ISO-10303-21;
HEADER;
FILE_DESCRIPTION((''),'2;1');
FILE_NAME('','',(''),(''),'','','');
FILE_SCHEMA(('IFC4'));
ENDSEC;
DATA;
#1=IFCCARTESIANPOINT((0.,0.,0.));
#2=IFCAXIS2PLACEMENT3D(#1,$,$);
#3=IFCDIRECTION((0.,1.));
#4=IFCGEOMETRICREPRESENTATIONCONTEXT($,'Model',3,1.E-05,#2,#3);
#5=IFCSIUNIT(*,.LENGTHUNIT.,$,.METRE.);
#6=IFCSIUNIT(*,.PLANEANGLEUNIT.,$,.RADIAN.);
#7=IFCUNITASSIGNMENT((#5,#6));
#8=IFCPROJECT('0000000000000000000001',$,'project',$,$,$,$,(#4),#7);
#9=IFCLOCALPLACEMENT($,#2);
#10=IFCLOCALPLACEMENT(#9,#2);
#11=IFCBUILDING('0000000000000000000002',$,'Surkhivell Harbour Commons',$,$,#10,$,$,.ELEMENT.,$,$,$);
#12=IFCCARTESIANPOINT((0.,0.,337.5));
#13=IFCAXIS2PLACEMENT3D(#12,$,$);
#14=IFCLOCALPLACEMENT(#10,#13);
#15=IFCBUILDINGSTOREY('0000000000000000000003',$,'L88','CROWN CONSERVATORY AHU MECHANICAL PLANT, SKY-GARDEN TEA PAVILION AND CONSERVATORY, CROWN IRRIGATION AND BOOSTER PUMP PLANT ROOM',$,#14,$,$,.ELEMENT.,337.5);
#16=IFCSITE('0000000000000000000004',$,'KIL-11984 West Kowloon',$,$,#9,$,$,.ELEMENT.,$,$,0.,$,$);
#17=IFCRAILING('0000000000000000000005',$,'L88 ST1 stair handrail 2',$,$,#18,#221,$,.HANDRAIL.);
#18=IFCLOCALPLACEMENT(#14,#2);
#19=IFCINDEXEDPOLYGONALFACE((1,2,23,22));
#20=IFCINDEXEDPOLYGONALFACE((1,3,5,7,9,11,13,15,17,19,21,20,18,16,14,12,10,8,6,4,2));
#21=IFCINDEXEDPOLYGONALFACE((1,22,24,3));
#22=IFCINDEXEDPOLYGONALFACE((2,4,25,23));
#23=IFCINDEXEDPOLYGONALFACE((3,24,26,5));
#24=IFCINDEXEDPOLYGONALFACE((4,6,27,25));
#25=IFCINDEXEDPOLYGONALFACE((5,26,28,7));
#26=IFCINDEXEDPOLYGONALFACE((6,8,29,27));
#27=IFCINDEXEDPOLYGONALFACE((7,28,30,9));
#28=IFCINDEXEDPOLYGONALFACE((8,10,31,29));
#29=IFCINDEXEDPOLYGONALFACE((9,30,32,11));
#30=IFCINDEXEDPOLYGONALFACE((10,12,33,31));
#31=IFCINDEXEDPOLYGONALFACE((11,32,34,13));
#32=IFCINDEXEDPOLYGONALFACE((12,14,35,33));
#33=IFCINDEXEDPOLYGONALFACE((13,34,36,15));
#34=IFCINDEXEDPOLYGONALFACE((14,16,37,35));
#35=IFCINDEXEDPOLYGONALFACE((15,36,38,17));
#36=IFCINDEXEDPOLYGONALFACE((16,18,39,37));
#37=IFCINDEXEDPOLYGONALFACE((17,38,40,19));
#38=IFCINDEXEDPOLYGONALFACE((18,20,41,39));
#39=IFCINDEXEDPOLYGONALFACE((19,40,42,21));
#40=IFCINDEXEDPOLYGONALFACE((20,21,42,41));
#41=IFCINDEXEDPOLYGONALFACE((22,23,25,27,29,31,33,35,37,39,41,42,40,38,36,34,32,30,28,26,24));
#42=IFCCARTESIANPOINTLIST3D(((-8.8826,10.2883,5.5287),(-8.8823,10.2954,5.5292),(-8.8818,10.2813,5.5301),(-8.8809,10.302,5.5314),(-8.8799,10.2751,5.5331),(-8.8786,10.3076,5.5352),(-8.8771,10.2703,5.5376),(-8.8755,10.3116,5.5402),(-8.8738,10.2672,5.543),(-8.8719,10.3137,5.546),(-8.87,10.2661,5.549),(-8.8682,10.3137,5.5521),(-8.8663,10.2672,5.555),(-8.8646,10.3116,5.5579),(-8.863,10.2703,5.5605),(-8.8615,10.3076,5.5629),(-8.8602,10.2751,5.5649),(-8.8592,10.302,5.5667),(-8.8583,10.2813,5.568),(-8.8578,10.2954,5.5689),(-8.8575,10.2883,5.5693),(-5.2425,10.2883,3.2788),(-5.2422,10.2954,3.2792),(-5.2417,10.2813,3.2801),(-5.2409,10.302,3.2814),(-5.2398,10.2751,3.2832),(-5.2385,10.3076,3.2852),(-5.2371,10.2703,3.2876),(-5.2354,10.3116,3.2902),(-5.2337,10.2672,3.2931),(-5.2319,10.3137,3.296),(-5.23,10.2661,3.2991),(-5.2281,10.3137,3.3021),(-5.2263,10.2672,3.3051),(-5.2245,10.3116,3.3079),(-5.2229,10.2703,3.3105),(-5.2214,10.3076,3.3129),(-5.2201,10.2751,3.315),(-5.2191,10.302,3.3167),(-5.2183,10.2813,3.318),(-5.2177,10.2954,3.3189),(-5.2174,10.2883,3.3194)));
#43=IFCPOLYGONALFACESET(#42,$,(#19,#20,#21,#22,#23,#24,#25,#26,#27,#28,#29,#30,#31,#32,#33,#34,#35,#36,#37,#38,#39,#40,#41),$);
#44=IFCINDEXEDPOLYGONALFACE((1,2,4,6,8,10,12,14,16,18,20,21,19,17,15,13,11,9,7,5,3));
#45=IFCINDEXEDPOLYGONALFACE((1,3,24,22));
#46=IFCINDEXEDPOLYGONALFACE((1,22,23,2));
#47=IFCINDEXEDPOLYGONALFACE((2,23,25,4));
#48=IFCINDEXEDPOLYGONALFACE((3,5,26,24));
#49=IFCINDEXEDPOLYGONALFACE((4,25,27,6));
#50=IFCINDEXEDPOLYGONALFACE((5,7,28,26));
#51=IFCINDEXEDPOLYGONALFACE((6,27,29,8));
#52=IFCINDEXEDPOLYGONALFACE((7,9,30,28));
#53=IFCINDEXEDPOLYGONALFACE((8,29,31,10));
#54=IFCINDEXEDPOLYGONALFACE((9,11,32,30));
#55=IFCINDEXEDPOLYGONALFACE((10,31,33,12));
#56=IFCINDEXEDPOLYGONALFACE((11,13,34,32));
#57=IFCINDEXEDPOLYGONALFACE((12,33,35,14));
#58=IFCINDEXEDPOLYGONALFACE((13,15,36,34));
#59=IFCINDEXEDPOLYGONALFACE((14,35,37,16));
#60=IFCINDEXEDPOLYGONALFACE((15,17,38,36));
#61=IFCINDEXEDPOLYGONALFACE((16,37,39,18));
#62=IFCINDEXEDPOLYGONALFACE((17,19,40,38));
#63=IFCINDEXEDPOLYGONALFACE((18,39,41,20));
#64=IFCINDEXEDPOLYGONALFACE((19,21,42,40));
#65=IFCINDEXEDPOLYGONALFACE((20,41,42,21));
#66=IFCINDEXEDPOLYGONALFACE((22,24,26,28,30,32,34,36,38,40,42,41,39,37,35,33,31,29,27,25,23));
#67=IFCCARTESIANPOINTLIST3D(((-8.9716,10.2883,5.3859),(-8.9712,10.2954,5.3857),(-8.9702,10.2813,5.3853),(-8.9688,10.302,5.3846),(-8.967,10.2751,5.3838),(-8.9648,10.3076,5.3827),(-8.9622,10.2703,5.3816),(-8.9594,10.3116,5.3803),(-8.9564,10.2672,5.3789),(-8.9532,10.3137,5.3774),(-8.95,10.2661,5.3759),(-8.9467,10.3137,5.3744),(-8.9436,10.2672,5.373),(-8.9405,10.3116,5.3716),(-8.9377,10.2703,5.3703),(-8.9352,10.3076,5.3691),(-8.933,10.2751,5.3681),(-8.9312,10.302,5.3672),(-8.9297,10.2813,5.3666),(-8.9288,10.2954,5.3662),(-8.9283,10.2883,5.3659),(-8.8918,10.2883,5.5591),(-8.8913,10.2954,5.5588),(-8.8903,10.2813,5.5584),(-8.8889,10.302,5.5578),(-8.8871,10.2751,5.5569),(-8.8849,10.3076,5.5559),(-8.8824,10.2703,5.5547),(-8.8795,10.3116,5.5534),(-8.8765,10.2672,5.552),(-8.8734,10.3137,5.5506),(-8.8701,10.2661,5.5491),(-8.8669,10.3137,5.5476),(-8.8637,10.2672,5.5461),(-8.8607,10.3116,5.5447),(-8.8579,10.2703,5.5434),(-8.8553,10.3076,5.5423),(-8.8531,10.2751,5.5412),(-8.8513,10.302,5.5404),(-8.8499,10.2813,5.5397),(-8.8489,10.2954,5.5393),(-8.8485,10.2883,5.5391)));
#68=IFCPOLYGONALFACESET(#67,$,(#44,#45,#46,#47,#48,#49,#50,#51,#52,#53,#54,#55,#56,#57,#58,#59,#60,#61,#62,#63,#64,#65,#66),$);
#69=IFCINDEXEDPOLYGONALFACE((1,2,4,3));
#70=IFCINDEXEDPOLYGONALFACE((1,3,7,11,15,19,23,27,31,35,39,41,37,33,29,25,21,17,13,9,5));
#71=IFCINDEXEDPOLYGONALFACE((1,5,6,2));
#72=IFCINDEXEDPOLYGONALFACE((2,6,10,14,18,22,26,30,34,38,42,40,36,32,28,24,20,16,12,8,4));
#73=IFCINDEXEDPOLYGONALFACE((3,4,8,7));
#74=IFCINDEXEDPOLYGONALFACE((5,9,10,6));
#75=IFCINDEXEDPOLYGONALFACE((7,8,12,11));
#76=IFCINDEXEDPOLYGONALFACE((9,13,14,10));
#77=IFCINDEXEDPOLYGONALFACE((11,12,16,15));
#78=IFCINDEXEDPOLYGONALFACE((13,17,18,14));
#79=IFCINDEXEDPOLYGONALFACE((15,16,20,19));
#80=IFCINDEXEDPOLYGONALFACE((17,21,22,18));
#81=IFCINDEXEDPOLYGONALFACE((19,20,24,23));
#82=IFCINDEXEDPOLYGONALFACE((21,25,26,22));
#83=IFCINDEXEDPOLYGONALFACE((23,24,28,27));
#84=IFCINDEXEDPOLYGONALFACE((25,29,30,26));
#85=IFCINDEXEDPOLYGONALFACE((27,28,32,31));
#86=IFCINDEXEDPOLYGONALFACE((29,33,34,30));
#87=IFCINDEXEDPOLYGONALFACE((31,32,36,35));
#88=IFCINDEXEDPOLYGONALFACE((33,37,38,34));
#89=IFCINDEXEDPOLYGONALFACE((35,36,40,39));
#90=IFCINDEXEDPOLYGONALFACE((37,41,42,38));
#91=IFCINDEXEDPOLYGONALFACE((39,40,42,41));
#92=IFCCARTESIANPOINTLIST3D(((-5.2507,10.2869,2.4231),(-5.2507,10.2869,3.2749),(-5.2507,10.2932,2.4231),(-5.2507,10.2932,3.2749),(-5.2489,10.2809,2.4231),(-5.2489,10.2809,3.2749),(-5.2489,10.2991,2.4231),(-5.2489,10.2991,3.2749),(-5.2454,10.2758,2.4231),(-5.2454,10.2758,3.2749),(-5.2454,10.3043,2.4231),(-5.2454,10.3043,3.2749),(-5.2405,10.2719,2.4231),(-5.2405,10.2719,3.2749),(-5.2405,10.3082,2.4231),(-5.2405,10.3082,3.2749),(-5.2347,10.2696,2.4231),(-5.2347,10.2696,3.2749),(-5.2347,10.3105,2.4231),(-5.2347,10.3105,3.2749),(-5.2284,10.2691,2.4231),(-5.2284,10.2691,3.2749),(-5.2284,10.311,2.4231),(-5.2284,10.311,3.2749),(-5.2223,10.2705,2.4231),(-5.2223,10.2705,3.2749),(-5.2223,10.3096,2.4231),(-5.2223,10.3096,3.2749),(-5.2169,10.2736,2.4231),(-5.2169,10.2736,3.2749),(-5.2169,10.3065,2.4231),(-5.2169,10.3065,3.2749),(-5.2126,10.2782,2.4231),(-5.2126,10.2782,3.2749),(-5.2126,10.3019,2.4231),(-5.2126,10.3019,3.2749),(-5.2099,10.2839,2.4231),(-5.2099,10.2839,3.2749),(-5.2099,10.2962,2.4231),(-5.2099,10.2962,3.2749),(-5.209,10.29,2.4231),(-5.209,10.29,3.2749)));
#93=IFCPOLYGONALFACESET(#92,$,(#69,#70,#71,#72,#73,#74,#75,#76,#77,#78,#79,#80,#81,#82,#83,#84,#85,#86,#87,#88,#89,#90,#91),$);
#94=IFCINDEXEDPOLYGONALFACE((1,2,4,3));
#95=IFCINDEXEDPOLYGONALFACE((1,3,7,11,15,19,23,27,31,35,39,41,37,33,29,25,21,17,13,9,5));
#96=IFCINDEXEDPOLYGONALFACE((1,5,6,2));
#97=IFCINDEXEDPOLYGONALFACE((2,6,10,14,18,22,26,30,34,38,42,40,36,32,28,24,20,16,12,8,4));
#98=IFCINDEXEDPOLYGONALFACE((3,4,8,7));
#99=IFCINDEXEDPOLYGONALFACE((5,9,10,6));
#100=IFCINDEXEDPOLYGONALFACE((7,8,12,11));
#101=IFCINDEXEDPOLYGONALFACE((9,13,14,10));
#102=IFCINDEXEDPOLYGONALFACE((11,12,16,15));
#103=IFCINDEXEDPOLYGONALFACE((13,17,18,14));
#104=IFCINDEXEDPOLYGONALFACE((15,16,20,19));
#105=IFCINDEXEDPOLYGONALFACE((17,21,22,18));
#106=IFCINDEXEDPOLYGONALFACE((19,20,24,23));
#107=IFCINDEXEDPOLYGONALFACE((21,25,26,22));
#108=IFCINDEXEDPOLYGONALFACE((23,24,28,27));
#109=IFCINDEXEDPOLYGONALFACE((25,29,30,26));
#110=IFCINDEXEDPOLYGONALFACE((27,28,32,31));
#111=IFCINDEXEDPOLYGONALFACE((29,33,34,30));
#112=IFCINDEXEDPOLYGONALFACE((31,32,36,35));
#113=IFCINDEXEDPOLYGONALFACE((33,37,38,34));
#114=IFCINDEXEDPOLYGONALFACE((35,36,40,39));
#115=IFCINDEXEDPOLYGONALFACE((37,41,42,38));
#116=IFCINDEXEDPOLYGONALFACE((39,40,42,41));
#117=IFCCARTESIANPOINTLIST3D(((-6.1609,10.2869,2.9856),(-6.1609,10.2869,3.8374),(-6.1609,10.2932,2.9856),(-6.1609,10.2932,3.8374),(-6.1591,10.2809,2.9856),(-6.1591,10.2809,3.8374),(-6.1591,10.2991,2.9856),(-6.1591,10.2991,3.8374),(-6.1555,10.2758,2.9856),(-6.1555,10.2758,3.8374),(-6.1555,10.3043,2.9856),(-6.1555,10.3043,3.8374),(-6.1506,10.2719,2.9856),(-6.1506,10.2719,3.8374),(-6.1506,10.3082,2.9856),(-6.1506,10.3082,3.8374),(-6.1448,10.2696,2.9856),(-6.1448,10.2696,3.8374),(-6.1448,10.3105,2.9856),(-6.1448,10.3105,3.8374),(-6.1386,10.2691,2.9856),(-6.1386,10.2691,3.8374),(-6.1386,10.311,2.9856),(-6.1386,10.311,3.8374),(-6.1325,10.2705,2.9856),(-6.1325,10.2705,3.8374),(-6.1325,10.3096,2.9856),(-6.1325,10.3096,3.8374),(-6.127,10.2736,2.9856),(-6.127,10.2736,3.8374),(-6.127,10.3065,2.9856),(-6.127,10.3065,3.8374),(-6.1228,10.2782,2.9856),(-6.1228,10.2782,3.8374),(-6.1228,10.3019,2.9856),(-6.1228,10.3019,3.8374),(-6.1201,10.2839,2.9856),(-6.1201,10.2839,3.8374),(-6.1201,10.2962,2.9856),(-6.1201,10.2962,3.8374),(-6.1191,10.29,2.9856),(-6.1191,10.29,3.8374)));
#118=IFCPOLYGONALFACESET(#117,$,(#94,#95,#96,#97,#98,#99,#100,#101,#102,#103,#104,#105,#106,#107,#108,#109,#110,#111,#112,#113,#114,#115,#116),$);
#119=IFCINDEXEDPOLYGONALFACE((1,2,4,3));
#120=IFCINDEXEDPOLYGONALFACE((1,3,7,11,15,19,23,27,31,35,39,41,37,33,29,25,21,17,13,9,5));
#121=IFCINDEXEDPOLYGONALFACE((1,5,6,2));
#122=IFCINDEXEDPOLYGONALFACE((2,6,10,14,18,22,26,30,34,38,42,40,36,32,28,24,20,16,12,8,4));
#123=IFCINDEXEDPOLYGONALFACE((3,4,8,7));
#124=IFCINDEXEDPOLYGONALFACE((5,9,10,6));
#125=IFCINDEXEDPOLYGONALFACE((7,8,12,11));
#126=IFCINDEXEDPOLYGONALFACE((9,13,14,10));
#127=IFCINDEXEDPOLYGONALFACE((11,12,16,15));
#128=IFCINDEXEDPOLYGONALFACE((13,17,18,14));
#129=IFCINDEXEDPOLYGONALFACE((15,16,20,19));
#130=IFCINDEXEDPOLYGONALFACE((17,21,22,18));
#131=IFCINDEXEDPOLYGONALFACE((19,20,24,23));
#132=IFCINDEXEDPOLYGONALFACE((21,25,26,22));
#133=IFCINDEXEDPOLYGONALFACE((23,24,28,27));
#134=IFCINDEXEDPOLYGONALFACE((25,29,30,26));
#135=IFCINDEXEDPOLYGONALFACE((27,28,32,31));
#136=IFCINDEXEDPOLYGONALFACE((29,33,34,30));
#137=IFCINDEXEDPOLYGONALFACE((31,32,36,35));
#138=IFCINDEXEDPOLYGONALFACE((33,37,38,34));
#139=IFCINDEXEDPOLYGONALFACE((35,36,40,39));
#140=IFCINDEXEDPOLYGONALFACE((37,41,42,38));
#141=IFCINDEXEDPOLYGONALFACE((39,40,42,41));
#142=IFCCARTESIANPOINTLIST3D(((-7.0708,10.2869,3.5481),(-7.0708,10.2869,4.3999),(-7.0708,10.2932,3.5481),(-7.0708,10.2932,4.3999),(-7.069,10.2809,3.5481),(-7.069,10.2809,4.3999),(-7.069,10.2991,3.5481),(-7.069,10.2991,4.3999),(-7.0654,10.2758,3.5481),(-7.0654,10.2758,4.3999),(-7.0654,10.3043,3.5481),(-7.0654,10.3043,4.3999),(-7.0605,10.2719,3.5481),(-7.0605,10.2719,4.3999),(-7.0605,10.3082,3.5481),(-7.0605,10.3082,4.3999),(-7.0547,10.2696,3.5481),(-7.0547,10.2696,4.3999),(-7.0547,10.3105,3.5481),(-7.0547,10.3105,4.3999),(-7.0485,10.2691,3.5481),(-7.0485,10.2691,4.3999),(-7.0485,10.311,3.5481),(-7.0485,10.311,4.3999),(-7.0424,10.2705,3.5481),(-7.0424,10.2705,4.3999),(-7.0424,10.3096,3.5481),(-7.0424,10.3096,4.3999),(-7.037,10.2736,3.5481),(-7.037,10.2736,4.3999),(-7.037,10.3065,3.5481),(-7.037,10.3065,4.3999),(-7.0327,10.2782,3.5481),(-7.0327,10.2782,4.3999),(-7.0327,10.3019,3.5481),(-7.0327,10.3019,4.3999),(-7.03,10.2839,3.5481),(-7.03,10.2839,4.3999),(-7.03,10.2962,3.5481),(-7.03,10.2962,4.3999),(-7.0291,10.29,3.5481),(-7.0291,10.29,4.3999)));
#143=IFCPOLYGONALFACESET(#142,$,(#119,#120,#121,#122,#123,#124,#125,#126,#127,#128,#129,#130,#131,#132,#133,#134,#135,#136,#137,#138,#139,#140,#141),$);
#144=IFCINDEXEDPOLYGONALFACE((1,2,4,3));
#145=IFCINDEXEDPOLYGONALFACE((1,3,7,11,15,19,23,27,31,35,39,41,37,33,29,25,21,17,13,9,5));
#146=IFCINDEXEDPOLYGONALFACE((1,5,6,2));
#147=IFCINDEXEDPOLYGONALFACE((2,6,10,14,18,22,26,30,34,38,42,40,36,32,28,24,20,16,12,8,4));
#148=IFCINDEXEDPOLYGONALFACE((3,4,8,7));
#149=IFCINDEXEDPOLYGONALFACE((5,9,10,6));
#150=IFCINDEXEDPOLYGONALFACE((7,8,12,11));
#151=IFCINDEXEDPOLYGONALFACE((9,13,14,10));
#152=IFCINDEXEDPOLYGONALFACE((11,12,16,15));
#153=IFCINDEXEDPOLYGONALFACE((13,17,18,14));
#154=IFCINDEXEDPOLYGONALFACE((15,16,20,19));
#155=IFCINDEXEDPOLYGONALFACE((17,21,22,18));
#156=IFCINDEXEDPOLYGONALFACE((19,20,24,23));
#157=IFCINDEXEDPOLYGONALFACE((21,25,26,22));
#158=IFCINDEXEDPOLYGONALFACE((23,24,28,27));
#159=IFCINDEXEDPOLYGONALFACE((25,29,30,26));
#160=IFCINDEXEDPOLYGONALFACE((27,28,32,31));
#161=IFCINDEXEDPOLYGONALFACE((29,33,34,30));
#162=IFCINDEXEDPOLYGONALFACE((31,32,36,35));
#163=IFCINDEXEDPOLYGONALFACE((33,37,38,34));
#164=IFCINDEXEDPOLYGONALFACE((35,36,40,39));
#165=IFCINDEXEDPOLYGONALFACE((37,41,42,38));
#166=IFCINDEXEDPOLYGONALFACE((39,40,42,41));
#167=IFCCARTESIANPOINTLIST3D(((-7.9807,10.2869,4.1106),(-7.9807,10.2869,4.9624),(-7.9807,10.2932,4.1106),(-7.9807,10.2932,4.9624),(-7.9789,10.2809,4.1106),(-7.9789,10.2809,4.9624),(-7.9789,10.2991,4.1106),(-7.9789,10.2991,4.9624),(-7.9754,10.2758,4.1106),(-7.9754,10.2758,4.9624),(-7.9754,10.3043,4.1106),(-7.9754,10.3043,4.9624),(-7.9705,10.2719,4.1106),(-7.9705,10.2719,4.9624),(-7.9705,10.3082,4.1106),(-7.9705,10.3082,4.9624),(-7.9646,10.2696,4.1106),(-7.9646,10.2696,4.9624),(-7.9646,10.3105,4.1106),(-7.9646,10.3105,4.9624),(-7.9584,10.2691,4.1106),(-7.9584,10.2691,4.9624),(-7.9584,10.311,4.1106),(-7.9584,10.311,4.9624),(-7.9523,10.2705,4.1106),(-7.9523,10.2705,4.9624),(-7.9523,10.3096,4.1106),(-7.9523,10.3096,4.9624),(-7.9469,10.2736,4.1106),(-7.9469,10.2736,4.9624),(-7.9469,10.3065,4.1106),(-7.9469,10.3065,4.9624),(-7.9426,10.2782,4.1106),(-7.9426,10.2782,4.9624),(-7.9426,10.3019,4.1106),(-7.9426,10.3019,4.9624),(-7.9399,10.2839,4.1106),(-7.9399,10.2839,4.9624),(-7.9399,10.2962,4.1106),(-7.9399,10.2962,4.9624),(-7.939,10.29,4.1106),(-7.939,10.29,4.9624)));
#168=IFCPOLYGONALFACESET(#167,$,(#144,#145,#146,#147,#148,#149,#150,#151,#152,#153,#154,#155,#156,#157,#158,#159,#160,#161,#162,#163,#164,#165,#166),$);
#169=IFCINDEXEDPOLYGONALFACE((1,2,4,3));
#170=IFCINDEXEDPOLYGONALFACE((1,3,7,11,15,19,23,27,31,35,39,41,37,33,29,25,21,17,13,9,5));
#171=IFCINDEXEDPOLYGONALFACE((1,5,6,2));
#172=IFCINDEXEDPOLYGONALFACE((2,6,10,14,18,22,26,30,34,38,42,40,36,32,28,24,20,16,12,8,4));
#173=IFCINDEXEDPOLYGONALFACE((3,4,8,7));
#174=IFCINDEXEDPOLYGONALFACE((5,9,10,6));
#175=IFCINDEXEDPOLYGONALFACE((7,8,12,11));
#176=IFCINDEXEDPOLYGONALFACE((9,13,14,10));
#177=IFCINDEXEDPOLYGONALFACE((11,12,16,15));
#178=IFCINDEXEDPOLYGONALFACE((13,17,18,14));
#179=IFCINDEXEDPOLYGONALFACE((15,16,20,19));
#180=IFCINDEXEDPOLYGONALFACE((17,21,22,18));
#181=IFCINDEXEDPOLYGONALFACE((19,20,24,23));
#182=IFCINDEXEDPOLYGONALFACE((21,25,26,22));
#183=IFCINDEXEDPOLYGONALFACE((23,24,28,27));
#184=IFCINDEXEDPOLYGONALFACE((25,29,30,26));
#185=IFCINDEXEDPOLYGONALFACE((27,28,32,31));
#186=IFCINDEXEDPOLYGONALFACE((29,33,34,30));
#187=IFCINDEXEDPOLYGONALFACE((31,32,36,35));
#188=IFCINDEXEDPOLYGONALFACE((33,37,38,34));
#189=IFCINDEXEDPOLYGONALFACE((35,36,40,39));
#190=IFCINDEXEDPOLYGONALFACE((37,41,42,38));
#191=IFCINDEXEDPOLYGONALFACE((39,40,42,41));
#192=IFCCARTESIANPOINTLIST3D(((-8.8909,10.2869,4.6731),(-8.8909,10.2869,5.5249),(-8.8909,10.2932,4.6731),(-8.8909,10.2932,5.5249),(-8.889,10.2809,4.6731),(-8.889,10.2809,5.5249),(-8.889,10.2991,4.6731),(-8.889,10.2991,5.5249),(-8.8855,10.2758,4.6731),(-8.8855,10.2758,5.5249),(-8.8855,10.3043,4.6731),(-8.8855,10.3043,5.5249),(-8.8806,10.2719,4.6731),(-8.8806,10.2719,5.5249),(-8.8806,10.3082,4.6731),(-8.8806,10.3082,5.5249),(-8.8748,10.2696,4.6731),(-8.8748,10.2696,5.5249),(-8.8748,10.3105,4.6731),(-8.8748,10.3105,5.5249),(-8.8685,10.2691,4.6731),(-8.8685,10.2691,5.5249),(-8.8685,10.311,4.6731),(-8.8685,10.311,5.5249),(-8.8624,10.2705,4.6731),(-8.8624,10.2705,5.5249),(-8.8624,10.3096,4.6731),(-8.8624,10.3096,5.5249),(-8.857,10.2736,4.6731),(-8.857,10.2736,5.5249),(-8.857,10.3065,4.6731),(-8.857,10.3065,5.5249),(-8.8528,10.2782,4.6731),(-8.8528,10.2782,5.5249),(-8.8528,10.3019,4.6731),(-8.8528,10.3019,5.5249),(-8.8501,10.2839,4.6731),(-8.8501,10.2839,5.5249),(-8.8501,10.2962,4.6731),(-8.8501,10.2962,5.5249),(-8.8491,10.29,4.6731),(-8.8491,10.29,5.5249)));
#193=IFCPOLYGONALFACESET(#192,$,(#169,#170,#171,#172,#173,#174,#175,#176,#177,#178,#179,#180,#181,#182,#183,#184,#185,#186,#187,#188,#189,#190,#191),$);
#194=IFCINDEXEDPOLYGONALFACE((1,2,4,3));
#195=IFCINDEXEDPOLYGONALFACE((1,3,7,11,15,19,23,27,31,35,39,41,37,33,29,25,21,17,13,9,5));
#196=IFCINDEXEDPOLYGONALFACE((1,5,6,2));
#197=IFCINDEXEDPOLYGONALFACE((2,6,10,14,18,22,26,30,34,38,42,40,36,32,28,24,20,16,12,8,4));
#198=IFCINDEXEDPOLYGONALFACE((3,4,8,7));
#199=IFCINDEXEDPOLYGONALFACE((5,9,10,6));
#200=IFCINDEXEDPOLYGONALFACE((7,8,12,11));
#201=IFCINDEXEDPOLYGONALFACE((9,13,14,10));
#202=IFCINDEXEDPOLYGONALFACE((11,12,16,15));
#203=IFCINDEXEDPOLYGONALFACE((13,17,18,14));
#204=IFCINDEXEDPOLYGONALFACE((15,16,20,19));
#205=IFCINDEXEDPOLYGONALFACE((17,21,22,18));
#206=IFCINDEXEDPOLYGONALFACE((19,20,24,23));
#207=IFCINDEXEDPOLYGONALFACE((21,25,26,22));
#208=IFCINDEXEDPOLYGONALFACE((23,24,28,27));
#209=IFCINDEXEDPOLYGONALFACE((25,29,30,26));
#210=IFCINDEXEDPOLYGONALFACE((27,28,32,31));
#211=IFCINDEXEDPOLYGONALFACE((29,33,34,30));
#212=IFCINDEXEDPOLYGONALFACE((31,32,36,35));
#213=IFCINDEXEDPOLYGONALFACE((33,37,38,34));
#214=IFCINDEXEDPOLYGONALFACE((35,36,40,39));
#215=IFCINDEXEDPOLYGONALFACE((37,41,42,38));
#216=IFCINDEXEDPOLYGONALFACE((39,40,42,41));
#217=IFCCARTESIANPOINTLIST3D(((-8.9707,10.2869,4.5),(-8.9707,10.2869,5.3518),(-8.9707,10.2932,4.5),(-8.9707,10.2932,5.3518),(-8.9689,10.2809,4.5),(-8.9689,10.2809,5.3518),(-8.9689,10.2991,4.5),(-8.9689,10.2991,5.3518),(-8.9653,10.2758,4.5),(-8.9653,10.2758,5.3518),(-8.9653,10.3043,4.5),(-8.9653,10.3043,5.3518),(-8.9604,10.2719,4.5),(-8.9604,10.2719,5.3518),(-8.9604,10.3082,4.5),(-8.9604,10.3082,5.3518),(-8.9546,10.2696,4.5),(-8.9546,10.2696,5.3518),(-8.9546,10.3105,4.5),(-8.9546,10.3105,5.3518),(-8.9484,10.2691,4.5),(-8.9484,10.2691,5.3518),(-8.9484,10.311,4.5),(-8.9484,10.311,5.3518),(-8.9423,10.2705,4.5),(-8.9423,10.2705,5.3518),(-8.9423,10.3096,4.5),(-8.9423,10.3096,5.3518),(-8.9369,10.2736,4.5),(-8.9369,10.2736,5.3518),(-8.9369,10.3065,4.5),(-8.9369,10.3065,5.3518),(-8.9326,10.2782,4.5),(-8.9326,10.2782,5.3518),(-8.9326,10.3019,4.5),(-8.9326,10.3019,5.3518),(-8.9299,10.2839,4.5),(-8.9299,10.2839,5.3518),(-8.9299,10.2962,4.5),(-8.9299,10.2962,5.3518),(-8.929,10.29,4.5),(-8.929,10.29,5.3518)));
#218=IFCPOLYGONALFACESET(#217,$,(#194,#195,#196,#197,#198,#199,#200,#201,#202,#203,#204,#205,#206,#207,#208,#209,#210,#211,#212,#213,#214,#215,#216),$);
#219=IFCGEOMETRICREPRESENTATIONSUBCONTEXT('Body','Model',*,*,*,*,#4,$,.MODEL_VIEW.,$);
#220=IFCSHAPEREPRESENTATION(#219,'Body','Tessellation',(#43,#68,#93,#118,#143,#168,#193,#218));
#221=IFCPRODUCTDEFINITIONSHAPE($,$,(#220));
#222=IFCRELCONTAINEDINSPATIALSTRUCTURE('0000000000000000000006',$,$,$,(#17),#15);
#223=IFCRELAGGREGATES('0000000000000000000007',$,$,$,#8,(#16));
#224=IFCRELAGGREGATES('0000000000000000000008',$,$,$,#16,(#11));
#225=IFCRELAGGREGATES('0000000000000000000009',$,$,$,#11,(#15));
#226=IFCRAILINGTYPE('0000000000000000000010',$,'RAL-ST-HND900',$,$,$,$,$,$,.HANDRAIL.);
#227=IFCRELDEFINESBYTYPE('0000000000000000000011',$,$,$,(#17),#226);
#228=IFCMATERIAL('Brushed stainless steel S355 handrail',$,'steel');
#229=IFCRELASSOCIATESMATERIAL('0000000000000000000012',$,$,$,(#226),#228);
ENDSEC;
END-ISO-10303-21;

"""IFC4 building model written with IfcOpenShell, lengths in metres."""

from ifc_helpers import new_model, si_unit, direction, frame, origin, origin_2d, place, context, subcontext, project, spatial, circle, extrude, material, type_object, element, save


model = new_model("IFC4")

# Units and contexts
model_context = context("Model", 3, precision=1e-05, world=origin(), true_north=direction((0.0, 1.0)))
body_context = subcontext(model_context, "Body", "Model", "MODEL_VIEW")
ifc_project = project(units=[si_unit("LENGTHUNIT", "METRE"), si_unit("PLANEANGLEUNIT", "RADIAN")], contexts=[model_context])

# Site, building, storey
site_placement = place(None, origin())
site = spatial("IfcSite", under=ifc_project, at=site_placement, Name="KIL-11984 West Kowloon", CompositionType="ELEMENT", RefElevation=0.0)
building_placement = place(site_placement, origin())
building = spatial("IfcBuilding", under=site, at=building_placement, Name="Surkhivell Harbour Commons", CompositionType="ELEMENT")
storey_placement = place(building_placement, frame((0.0, 0.0, 337.5)))
storey = spatial("IfcBuildingStorey", under=building, at=storey_placement, Name="L88", Description="CROWN CONSERVATORY AHU MECHANICAL PLANT, SKY-GARDEN TEA PAVILION AND CONSERVATORY, CROWN IRRIGATION AND BOOSTER PUMP PLANT ROOM", CompositionType="ELEMENT", Elevation=337.5)

# Railing
ifc_material_1 = material(Name="Brushed stainless steel S355 handrail", Category="steel")
railing_type_1 = type_object("IfcRailingType", Name="RAL-ST-HND900", PredefinedType="HANDRAIL", material=ifc_material_1)
railing_1_placement = place(storey_placement, frame((-5.23, 10.29, 2.4231)))
element("IfcRailing", 1, at=railing_1_placement, inside=storey, type_object=railing_type_1, Name="L88 ST1 stair handrail 2", PredefinedType="HANDRAIL", context=body_context, shape_type="SweptSolid", body=[
    extrude(circle(Radius=0.0239, at=origin_2d()), frame((0.0, 0.0, 0.876), z_axis=(-0.850622, 0.0, 0.525777), x_axis=(0.0, -1.0, 0.0)), (0.0, 0.0, 1.0), 4.2793),
    extrude(circle(Radius=0.0239, at=origin_2d()), frame((-3.6401, 0.0, 3.126), z_axis=(-0.418815, 0.0, -0.908072), x_axis=(0.0, -1.0, 0.0)), (0.0, 0.0, 1.0), 0.1907),
    extrude(circle(Radius=0.021, at=origin_2d()), origin(), (0.0, 0.0, 1.0), 0.8518),
    extrude(circle(Radius=0.021, at=origin_2d()), frame((-0.9102, 0.0, 0.5625)), (0.0, 0.0, 1.0), 0.8518),
    extrude(circle(Radius=0.021, at=origin_2d()), frame((-1.8201, 0.0, 1.125)), (0.0, 0.0, 1.0), 0.8518),
    extrude(circle(Radius=0.021, at=origin_2d()), frame((-2.73, 0.0, 1.6875)), (0.0, 0.0, 1.0), 0.8518),
    extrude(circle(Radius=0.021, at=origin_2d()), frame((-3.6401, 0.0, 2.25)), (0.0, 0.0, 1.0), 0.8518),
    extrude(circle(Radius=0.021, at=origin_2d()), frame((-3.72, 0.0, 2.0769)), (0.0, 0.0, 1.0), 0.8518),
])

save(model, "model.ifc")
